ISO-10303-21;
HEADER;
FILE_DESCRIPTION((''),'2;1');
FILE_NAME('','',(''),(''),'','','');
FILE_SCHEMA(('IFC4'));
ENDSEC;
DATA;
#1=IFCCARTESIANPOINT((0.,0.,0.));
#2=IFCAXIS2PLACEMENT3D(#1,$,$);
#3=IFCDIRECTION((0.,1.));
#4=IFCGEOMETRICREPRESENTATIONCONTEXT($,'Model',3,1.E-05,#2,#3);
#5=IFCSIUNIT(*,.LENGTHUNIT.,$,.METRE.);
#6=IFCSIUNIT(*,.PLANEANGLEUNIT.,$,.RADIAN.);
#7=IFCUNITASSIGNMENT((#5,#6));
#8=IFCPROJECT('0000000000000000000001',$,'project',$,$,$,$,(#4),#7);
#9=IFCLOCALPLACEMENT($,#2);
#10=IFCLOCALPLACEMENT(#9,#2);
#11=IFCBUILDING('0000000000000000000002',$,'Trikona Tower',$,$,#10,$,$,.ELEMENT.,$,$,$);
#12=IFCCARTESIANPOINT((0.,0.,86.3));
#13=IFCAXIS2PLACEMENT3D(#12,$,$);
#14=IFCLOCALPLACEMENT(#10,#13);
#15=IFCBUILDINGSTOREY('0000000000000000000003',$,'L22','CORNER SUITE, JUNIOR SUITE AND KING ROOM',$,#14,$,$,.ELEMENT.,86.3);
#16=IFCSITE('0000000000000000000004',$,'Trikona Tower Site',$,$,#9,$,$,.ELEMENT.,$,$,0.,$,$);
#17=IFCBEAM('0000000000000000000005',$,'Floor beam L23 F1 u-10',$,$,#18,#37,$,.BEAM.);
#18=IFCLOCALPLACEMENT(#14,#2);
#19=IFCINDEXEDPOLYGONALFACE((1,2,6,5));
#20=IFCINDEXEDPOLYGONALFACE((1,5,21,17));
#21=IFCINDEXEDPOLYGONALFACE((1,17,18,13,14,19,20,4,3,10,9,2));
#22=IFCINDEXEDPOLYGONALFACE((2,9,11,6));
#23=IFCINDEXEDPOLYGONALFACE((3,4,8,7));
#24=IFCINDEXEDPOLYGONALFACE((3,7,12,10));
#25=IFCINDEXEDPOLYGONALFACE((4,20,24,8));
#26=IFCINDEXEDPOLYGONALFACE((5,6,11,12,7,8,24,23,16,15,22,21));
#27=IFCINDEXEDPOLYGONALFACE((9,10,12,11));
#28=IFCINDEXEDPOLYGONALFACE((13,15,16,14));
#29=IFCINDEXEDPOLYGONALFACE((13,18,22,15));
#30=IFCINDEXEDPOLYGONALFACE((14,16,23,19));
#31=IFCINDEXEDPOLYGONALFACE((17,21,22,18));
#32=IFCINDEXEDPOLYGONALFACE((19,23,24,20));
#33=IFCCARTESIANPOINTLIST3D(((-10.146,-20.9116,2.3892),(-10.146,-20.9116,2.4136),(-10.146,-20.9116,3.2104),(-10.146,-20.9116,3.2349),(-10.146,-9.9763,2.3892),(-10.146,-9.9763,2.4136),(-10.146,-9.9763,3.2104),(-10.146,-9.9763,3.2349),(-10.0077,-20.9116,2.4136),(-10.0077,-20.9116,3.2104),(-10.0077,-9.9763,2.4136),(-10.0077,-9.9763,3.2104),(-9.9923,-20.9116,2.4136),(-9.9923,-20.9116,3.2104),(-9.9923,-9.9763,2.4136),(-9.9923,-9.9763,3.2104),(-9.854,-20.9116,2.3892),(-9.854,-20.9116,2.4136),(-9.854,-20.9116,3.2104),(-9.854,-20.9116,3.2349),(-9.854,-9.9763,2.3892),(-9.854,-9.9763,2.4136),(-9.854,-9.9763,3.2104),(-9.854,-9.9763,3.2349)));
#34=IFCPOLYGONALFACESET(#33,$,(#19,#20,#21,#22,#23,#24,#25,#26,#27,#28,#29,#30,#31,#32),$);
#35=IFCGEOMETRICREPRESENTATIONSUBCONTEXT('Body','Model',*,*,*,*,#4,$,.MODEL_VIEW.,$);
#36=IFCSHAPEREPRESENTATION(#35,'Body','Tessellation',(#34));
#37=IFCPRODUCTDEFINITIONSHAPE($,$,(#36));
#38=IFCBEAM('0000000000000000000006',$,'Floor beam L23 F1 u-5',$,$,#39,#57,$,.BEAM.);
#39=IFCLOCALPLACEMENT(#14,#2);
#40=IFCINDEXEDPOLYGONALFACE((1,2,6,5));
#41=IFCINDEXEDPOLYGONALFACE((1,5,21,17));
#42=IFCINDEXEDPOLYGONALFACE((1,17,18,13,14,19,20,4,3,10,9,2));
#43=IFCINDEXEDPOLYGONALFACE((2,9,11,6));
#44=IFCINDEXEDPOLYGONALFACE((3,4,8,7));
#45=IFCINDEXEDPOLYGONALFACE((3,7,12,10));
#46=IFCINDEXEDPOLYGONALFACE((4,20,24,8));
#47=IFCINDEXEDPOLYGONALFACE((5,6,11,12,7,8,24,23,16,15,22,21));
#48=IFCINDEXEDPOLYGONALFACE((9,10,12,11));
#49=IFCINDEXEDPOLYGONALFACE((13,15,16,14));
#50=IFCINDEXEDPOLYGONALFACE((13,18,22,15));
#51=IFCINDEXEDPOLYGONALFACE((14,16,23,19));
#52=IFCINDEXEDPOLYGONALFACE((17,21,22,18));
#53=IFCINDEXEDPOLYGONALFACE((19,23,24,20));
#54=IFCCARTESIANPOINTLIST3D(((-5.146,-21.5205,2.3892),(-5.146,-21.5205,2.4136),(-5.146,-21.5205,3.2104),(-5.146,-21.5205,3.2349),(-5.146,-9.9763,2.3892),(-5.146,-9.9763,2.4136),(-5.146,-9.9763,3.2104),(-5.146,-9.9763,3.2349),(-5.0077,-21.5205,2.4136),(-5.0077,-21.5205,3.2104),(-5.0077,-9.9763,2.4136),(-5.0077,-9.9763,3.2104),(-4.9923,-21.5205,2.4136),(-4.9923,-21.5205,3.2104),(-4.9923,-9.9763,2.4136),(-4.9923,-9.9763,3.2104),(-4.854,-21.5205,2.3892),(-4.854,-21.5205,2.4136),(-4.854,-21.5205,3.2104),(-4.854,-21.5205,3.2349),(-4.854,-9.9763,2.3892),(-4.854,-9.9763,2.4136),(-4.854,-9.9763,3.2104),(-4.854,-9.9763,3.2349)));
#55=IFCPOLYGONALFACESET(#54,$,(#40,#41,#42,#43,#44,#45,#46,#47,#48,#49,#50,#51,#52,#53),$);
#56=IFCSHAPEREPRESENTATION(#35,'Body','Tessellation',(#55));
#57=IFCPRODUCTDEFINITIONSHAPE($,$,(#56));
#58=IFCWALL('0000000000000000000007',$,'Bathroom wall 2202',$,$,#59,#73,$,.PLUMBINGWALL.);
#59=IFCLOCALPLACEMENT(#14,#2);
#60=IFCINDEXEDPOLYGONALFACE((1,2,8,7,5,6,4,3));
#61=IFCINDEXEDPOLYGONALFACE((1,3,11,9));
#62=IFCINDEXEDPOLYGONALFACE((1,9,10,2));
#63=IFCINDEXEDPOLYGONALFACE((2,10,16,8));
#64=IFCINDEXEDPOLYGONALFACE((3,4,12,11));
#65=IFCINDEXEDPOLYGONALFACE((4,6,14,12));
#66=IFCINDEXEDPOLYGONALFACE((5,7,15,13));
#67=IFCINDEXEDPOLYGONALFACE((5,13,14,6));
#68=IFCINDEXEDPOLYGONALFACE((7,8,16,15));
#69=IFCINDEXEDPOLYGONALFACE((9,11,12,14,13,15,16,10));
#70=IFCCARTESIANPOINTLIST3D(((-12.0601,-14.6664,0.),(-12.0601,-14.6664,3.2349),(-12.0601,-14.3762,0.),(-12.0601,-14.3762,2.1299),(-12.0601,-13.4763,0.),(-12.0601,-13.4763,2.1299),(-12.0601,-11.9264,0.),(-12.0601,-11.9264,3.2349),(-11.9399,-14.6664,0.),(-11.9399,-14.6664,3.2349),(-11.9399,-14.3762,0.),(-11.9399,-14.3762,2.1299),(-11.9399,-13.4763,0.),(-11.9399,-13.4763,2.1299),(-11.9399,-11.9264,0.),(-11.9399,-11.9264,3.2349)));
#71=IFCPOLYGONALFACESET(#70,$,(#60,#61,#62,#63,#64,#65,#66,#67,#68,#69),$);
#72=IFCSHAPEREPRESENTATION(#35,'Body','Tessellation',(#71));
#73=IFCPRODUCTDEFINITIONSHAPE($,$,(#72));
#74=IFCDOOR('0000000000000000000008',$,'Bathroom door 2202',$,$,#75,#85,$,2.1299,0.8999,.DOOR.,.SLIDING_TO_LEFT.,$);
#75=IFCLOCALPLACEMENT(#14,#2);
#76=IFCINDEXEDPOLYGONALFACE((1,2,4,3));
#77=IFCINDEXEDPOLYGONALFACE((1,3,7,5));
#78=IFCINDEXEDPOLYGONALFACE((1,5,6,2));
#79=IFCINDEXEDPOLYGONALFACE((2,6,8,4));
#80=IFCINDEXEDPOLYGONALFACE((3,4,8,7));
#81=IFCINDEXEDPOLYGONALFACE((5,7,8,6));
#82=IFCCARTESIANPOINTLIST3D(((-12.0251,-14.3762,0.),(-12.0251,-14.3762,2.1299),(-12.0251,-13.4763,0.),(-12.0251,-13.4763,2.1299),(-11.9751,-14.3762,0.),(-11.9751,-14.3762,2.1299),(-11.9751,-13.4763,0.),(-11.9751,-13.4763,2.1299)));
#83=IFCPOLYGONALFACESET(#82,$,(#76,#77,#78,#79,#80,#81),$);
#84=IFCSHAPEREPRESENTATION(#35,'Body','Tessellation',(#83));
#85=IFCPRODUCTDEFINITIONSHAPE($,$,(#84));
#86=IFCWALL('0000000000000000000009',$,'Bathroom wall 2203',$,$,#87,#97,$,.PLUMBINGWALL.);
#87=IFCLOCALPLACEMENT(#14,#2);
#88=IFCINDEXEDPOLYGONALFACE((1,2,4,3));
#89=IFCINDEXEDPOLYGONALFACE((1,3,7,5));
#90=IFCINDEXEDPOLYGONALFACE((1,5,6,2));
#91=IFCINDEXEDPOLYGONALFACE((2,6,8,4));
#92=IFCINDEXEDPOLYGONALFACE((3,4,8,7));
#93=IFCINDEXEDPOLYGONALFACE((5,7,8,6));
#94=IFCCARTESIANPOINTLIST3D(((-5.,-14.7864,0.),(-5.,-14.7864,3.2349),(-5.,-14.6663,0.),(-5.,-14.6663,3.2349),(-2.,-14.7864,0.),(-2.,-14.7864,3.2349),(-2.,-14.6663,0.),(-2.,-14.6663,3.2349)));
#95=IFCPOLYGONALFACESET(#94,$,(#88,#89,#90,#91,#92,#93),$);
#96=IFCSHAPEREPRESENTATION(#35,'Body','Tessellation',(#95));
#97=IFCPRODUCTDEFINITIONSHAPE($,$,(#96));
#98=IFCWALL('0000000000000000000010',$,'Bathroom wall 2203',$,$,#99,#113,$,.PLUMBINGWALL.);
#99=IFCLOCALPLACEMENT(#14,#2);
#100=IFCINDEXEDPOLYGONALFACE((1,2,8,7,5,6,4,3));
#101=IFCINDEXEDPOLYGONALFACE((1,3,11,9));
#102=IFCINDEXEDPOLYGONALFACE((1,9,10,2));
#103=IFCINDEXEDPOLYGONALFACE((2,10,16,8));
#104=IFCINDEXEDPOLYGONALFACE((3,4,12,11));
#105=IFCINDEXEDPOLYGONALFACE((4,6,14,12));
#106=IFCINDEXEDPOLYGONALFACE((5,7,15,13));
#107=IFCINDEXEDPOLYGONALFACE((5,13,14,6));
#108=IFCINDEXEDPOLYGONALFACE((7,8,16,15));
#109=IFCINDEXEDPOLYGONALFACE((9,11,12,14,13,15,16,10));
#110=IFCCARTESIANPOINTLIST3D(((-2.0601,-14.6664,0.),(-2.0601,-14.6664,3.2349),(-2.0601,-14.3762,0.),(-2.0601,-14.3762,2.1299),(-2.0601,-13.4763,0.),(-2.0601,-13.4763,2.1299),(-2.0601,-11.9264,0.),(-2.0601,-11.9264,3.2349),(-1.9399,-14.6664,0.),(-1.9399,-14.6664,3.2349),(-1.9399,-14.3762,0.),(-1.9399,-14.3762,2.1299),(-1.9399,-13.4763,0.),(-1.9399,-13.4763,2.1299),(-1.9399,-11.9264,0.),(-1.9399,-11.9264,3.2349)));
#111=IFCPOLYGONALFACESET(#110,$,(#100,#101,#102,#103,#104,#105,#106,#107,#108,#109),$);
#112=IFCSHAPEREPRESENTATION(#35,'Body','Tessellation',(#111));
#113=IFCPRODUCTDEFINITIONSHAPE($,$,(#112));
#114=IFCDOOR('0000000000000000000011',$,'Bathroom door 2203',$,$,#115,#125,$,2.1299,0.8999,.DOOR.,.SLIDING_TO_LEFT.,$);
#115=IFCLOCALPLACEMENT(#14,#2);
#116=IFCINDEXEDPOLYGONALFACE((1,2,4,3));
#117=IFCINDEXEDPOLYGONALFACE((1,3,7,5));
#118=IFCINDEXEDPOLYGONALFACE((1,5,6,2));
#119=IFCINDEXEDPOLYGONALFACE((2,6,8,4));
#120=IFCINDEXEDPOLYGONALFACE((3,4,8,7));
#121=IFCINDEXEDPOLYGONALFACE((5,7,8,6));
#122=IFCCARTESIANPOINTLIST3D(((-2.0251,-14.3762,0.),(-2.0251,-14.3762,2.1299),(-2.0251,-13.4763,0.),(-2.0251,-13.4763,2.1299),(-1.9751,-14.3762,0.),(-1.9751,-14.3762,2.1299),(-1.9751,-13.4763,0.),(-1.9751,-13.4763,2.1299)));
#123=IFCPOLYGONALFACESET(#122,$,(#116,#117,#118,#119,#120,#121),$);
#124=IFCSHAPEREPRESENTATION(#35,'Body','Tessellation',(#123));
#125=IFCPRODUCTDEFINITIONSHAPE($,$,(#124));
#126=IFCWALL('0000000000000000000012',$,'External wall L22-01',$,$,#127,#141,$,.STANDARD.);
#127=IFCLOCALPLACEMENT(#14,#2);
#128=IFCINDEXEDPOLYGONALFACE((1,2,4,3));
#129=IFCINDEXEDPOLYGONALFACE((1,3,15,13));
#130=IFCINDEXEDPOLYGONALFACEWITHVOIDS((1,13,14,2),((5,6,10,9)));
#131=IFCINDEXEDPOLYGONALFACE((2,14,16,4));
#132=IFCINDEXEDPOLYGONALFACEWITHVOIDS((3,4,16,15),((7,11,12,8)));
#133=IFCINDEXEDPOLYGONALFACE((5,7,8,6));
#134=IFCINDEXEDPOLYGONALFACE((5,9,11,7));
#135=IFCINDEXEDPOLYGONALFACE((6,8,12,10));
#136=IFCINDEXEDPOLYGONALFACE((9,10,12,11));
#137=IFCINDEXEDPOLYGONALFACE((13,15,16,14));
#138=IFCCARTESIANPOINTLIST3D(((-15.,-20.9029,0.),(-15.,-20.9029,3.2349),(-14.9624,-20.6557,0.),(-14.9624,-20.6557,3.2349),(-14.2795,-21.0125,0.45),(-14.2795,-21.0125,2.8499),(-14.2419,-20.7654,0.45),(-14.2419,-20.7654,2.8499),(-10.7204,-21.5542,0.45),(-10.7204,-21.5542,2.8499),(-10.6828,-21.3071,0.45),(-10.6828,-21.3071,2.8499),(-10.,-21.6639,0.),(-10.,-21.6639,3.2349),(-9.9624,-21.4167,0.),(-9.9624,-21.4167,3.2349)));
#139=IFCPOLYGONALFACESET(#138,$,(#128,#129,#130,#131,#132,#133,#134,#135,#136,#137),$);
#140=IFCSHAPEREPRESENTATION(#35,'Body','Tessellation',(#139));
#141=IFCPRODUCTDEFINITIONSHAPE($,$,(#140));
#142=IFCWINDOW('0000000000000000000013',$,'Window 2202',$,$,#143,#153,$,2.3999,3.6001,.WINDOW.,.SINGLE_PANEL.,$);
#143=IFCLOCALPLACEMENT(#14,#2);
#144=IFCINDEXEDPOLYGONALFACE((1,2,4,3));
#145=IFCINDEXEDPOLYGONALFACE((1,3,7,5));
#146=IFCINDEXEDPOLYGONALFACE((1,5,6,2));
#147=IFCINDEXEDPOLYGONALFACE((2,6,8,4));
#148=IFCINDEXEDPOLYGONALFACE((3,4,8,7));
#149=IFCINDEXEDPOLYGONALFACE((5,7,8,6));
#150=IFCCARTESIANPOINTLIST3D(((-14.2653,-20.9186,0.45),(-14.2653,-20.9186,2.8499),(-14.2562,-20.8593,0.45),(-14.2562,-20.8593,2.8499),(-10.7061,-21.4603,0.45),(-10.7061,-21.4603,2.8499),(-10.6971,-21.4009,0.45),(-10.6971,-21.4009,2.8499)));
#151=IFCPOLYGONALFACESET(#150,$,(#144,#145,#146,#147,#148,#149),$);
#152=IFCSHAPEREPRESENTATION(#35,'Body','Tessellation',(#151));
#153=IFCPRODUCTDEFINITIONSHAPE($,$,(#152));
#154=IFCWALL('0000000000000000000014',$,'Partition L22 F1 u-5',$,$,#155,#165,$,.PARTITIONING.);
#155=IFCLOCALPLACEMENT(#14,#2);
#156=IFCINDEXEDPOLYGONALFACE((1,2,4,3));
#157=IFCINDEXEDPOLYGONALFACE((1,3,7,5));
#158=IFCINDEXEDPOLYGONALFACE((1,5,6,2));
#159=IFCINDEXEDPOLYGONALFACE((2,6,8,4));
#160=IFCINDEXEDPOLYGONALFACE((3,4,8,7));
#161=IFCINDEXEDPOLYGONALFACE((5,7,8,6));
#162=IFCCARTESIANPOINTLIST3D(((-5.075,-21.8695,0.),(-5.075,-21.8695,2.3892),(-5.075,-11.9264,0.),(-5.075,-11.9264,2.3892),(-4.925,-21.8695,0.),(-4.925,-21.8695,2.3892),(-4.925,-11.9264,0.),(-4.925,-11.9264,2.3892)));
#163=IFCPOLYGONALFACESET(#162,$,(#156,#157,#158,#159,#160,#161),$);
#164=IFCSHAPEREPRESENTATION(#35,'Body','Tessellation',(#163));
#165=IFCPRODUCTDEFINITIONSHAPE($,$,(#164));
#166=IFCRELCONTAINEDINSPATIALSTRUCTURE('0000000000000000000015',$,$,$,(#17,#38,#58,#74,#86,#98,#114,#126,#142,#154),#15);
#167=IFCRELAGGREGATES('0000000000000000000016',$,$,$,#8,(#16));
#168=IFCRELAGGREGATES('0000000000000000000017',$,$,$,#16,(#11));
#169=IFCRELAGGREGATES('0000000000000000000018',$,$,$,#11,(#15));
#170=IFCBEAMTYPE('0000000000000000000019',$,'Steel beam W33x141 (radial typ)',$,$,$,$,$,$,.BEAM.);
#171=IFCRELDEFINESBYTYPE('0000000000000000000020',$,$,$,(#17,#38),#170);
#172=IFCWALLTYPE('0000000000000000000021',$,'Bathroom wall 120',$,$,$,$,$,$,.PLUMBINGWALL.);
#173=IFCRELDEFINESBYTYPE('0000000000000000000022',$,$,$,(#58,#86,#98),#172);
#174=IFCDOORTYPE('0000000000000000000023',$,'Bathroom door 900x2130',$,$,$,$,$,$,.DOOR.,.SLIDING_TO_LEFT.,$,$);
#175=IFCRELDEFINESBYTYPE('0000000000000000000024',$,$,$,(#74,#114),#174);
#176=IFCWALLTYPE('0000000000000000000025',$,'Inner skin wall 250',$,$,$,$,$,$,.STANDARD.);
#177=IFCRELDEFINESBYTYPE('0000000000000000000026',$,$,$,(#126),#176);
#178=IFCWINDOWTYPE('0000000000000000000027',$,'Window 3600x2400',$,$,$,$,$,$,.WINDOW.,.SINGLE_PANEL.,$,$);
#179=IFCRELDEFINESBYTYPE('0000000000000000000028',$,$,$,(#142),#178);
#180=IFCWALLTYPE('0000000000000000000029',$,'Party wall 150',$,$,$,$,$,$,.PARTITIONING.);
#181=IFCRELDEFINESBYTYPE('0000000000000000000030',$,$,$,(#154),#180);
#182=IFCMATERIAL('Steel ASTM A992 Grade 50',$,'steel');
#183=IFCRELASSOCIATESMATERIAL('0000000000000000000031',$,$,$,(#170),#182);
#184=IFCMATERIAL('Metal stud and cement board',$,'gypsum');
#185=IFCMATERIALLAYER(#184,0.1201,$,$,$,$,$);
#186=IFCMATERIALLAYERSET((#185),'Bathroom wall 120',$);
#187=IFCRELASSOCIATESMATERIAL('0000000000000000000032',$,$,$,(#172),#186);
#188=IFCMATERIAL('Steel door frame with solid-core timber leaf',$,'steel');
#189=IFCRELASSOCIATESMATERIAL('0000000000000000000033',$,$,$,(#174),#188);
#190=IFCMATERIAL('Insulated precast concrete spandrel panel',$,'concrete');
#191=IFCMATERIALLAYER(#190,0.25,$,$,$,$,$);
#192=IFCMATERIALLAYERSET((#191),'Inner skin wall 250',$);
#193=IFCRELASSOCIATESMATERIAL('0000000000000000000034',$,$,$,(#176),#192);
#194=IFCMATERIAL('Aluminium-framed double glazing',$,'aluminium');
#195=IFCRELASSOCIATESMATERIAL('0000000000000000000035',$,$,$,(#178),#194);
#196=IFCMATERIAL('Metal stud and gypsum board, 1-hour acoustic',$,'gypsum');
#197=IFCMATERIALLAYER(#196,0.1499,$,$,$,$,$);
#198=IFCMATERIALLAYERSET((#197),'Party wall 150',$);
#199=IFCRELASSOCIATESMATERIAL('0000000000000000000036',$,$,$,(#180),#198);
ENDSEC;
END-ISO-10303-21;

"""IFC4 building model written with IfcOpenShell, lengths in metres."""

from ifc_helpers import new_model, si_unit, direction, frame, frame_2d, origin, origin_2d, place, context, subcontext, project, spatial, rectangle, i_section, extrude, material, layer, layer_set, material_profile, profile_set, type_object, element, fill, save


model = new_model("IFC4")

# Units and contexts
model_context = context("Model", 3, precision=1e-05, world=origin(), true_north=direction((0.0, 1.0)))
body_context = subcontext(model_context, "Body", "Model", "MODEL_VIEW")
ifc_project = project(units=[si_unit("LENGTHUNIT", "METRE"), si_unit("PLANEANGLEUNIT", "RADIAN")], contexts=[model_context])

# Site, building, storey
site_placement = place(None, origin())
site = spatial("IfcSite", under=ifc_project, at=site_placement, Name="Trikona Tower Site", CompositionType="ELEMENT", RefElevation=0.0)
building_placement = place(site_placement, origin())
building = spatial("IfcBuilding", under=site, at=building_placement, Name="Trikona Tower", CompositionType="ELEMENT")
storey_placement = place(building_placement, frame((0.0, 0.0, 86.3)))
storey = spatial("IfcBuildingStorey", under=building, at=storey_placement, Name="L22", Description="CORNER SUITE, JUNIOR SUITE AND KING ROOM", CompositionType="ELEMENT", Elevation=86.3)

# Beams
ifc_material_1 = material(Name="Steel ASTM A992 Grade 50", Category="steel")
ifc_material_profile = material_profile(ifc_material_1, i_section(OverallWidth=0.292, OverallDepth=0.8457, WebThickness=0.0154, FlangeThickness=0.0244, at=origin_2d()), Name="W33X141")
ifc_profile_set = profile_set([ifc_material_profile], Name="Steel ASTM A992 Grade 50")
beam_type = type_object("IfcBeamType", Name="Steel beam W33x141 (radial typ)", PredefinedType="BEAM", material=ifc_profile_set)
beam_1_placement = place(storey_placement, frame((-10.0, -9.9763, 2.812), z_axis=(0.0, -1.0, 0.0), x_axis=(1.0, 0.0, 0.0)))
element("IfcBeam", 1, at=beam_1_placement, inside=storey, type_object=beam_type, Name="Floor beam L23 F1 u-10", PredefinedType="BEAM", context=body_context, shape_type="SweptSolid", body=[
    extrude(i_section(OverallWidth=0.292, OverallDepth=0.8457, WebThickness=0.0154, FlangeThickness=0.0244, at=origin_2d()), origin(), (0.0, 0.0, 1.0), 10.9353),
])
beam_2_placement = place(storey_placement, frame((-5.0, -9.9763, 2.812), z_axis=(0.0, -1.0, 0.0), x_axis=(1.0, 0.0, 0.0)))
element("IfcBeam", 2, at=beam_2_placement, inside=storey, type_object=beam_type, Name="Floor beam L23 F1 u-5", PredefinedType="BEAM", context=body_context, shape_type="SweptSolid", body=[
    extrude(i_section(OverallWidth=0.292, OverallDepth=0.8457, WebThickness=0.0154, FlangeThickness=0.0244, at=origin_2d()), origin(), (0.0, 0.0, 1.0), 11.5442),
])

# Wall, opening, door
ifc_material_2 = material(Name="Metal stud and cement board", Category="gypsum")
ifc_layer_1 = layer(ifc_material_2, 0.1201)
ifc_layer_set_1 = layer_set([ifc_layer_1], Name="Bathroom wall 120")
wall_type_1 = type_object("IfcWallType", Name="Bathroom wall 120", PredefinedType="PLUMBINGWALL", material=ifc_layer_set_1)
wall_1_placement = place(storey_placement, frame((-12.0, -11.9263, 0.0), z_axis=(0.0, 0.0, 1.0), x_axis=(0.0, -1.0, 0.0)))
wall_1 = element("IfcWall", 3, at=wall_1_placement, inside=storey, type_object=wall_type_1, Name="Bathroom wall 2202", PredefinedType="PLUMBINGWALL", context=body_context, shape_type="SweptSolid", body=[
    extrude(rectangle(XDim=2.74, YDim=0.1201, at=frame_2d((1.3701, 0.0))), origin(), (0.0, 0.0, 1.0), 3.2349),
])
opening_1_placement = place(wall_1_placement, frame((1.55, 0.0, 0.0)))
opening_1 = element("IfcOpeningElement", 4, at=opening_1_placement, cuts=wall_1, PredefinedType="OPENING", context=body_context, shape_type="SweptSolid", body=[
    extrude(rectangle(XDim=0.8999, YDim=2.1299, at=frame_2d((0.45, 1.0649))), frame((0.0, 0.0701, 0.0), z_axis=(0.0, -1.0, 0.0), x_axis=(1.0, 0.0, 0.0)), (0.0, 0.0, 1.0), 0.1401),
])
ifc_material_3 = material(Name="Steel door frame with solid-core timber leaf", Category="steel")
door_type_1 = type_object("IfcDoorType", Name="Bathroom door 900x2130", OperationType="SLIDING_TO_LEFT", PredefinedType="DOOR", material=ifc_material_3)
door_1_placement = place(opening_1_placement, origin())
door_1 = element("IfcDoor", 5, at=door_1_placement, inside=storey, type_object=door_type_1, Name="Bathroom door 2202", OperationType="SLIDING_TO_LEFT", OverallHeight=2.1299, OverallWidth=0.8999, PredefinedType="DOOR", context=body_context, shape_type="SweptSolid", body=[
    extrude(rectangle(XDim=0.8999, YDim=2.1299, at=frame_2d((0.45, 1.0649))), frame((0.0, 0.0249, 0.0), z_axis=(0.0, -1.0, 0.0), x_axis=(1.0, 0.0, 0.0)), (0.0, 0.0, 1.0), 0.05),
])
fill(opening_1, door_1)

# Wall
wall_2_placement = place(storey_placement, frame((-5.0, -14.7263, 0.0), z_axis=(0.0, 0.0, 1.0), x_axis=(1.0, 0.0, 0.0)))
element("IfcWall", 6, at=wall_2_placement, inside=storey, type_object=wall_type_1, Name="Bathroom wall 2203", PredefinedType="PLUMBINGWALL", context=body_context, shape_type="SweptSolid", body=[
    extrude(rectangle(XDim=3.0, YDim=0.1201, at=frame_2d((1.5, 0.0))), origin(), (0.0, 0.0, 1.0), 3.2349),
])

# Wall, opening, door
wall_3_placement = place(storey_placement, frame((-2.0, -11.9263, 0.0), z_axis=(0.0, 0.0, 1.0), x_axis=(0.0, -1.0, 0.0)))
wall_3 = element("IfcWall", 7, at=wall_3_placement, inside=storey, type_object=wall_type_1, Name="Bathroom wall 2203", PredefinedType="PLUMBINGWALL", context=body_context, shape_type="SweptSolid", body=[
    extrude(rectangle(XDim=2.74, YDim=0.1201, at=frame_2d((1.3701, 0.0))), origin(), (0.0, 0.0, 1.0), 3.2349),
])
opening_2_placement = place(wall_3_placement, frame((1.55, 0.0, 0.0)))
opening_2 = element("IfcOpeningElement", 8, at=opening_2_placement, cuts=wall_3, PredefinedType="OPENING", context=body_context, shape_type="SweptSolid", body=[
    extrude(rectangle(XDim=0.8999, YDim=2.1299, at=frame_2d((0.45, 1.0649))), frame((0.0, 0.0701, 0.0), z_axis=(0.0, -1.0, 0.0), x_axis=(1.0, 0.0, 0.0)), (0.0, 0.0, 1.0), 0.1401),
])
door_2_placement = place(opening_2_placement, origin())
door_2 = element("IfcDoor", 9, at=door_2_placement, inside=storey, type_object=door_type_1, Name="Bathroom door 2203", OperationType="SLIDING_TO_LEFT", OverallHeight=2.1299, OverallWidth=0.8999, PredefinedType="DOOR", context=body_context, shape_type="SweptSolid", body=[
    extrude(rectangle(XDim=0.8999, YDim=2.1299, at=frame_2d((0.45, 1.0649))), frame((0.0, 0.0249, 0.0), z_axis=(0.0, -1.0, 0.0), x_axis=(1.0, 0.0, 0.0)), (0.0, 0.0, 1.0), 0.05),
])
fill(opening_2, door_2)

# Wall, opening, window
ifc_material_4 = material(Name="Insulated precast concrete spandrel panel", Category="concrete")
ifc_layer_2 = layer(ifc_material_4, 0.25)
ifc_layer_set_2 = layer_set([ifc_layer_2], Name="Inner skin wall 250")
wall_type_2 = type_object("IfcWallType", Name="Inner skin wall 250", PredefinedType="STANDARD", material=ifc_layer_set_2)
wall_4_placement = place(storey_placement, frame((-14.9812, -20.7793, 0.0), z_axis=(0.0, 0.0, 1.0), x_axis=(0.988615, -0.150465, 0.0)))
wall_4 = element("IfcWall", 10, at=wall_4_placement, inside=storey, type_object=wall_type_2, Name="External wall L22-01", PredefinedType="STANDARD", context=body_context, shape_type="SweptSolid", body=[
    extrude(rectangle(XDim=5.0576, YDim=0.25, at=frame_2d((2.5288, 0.0))), origin(), (0.0, 0.0, 1.0), 3.2349),
])
opening_3_placement = place(wall_4_placement, frame((0.7288, 0.0, 0.45)))
opening_3 = element("IfcOpeningElement", 11, at=opening_3_placement, cuts=wall_4, PredefinedType="OPENING", context=body_context, shape_type="SweptSolid", body=[
    extrude(rectangle(XDim=3.6001, YDim=2.3999, at=frame_2d((1.8, 1.2))), frame((0.0, 0.135, 0.0), z_axis=(0.0, -1.0, 0.0), x_axis=(1.0, 0.0, 0.0)), (0.0, 0.0, 1.0), 0.27),
])
ifc_material_5 = material(Name="Aluminium-framed double glazing", Category="aluminium")
window_type = type_object("IfcWindowType", Name="Window 3600x2400", PartitioningType="SINGLE_PANEL", PredefinedType="WINDOW", material=ifc_material_5)
window_placement = place(opening_3_placement, origin())
window = element("IfcWindow", 12, at=window_placement, inside=storey, type_object=window_type, Name="Window 2202", OverallHeight=2.3999, OverallWidth=3.6001, PartitioningType="SINGLE_PANEL", PredefinedType="WINDOW", context=body_context, shape_type="SweptSolid", body=[
    extrude(rectangle(XDim=3.6001, YDim=2.3999, at=frame_2d((1.8, 1.2))), frame((0.0, 0.03, 0.0), z_axis=(0.0, -1.0, 0.0), x_axis=(1.0, 0.0, 0.0)), (0.0, 0.0, 1.0), 0.0601),
])
fill(opening_3, window)

# Wall
ifc_material_6 = material(Name="Metal stud and gypsum board, 1-hour acoustic", Category="gypsum")
ifc_layer_3 = layer(ifc_material_6, 0.1499)
ifc_layer_set_3 = layer_set([ifc_layer_3], Name="Party wall 150")
wall_type_3 = type_object("IfcWallType", Name="Party wall 150", PredefinedType="PARTITIONING", material=ifc_layer_set_3)
wall_5_placement = place(storey_placement, frame((-5.0, -11.9263, 0.0), z_axis=(0.0, 0.0, 1.0), x_axis=(0.0, -1.0, 0.0)))
element("IfcWall", 13, at=wall_5_placement, inside=storey, type_object=wall_type_3, Name="Partition L22 F1 u-5", PredefinedType="PARTITIONING", context=body_context, shape_type="SweptSolid", body=[
    extrude(rectangle(XDim=9.9431, YDim=0.1499, at=frame_2d((4.9717, 0.0))), origin(), (0.0, 0.0, 1.0), 2.3892),
])

save(model, "model.ifc")
